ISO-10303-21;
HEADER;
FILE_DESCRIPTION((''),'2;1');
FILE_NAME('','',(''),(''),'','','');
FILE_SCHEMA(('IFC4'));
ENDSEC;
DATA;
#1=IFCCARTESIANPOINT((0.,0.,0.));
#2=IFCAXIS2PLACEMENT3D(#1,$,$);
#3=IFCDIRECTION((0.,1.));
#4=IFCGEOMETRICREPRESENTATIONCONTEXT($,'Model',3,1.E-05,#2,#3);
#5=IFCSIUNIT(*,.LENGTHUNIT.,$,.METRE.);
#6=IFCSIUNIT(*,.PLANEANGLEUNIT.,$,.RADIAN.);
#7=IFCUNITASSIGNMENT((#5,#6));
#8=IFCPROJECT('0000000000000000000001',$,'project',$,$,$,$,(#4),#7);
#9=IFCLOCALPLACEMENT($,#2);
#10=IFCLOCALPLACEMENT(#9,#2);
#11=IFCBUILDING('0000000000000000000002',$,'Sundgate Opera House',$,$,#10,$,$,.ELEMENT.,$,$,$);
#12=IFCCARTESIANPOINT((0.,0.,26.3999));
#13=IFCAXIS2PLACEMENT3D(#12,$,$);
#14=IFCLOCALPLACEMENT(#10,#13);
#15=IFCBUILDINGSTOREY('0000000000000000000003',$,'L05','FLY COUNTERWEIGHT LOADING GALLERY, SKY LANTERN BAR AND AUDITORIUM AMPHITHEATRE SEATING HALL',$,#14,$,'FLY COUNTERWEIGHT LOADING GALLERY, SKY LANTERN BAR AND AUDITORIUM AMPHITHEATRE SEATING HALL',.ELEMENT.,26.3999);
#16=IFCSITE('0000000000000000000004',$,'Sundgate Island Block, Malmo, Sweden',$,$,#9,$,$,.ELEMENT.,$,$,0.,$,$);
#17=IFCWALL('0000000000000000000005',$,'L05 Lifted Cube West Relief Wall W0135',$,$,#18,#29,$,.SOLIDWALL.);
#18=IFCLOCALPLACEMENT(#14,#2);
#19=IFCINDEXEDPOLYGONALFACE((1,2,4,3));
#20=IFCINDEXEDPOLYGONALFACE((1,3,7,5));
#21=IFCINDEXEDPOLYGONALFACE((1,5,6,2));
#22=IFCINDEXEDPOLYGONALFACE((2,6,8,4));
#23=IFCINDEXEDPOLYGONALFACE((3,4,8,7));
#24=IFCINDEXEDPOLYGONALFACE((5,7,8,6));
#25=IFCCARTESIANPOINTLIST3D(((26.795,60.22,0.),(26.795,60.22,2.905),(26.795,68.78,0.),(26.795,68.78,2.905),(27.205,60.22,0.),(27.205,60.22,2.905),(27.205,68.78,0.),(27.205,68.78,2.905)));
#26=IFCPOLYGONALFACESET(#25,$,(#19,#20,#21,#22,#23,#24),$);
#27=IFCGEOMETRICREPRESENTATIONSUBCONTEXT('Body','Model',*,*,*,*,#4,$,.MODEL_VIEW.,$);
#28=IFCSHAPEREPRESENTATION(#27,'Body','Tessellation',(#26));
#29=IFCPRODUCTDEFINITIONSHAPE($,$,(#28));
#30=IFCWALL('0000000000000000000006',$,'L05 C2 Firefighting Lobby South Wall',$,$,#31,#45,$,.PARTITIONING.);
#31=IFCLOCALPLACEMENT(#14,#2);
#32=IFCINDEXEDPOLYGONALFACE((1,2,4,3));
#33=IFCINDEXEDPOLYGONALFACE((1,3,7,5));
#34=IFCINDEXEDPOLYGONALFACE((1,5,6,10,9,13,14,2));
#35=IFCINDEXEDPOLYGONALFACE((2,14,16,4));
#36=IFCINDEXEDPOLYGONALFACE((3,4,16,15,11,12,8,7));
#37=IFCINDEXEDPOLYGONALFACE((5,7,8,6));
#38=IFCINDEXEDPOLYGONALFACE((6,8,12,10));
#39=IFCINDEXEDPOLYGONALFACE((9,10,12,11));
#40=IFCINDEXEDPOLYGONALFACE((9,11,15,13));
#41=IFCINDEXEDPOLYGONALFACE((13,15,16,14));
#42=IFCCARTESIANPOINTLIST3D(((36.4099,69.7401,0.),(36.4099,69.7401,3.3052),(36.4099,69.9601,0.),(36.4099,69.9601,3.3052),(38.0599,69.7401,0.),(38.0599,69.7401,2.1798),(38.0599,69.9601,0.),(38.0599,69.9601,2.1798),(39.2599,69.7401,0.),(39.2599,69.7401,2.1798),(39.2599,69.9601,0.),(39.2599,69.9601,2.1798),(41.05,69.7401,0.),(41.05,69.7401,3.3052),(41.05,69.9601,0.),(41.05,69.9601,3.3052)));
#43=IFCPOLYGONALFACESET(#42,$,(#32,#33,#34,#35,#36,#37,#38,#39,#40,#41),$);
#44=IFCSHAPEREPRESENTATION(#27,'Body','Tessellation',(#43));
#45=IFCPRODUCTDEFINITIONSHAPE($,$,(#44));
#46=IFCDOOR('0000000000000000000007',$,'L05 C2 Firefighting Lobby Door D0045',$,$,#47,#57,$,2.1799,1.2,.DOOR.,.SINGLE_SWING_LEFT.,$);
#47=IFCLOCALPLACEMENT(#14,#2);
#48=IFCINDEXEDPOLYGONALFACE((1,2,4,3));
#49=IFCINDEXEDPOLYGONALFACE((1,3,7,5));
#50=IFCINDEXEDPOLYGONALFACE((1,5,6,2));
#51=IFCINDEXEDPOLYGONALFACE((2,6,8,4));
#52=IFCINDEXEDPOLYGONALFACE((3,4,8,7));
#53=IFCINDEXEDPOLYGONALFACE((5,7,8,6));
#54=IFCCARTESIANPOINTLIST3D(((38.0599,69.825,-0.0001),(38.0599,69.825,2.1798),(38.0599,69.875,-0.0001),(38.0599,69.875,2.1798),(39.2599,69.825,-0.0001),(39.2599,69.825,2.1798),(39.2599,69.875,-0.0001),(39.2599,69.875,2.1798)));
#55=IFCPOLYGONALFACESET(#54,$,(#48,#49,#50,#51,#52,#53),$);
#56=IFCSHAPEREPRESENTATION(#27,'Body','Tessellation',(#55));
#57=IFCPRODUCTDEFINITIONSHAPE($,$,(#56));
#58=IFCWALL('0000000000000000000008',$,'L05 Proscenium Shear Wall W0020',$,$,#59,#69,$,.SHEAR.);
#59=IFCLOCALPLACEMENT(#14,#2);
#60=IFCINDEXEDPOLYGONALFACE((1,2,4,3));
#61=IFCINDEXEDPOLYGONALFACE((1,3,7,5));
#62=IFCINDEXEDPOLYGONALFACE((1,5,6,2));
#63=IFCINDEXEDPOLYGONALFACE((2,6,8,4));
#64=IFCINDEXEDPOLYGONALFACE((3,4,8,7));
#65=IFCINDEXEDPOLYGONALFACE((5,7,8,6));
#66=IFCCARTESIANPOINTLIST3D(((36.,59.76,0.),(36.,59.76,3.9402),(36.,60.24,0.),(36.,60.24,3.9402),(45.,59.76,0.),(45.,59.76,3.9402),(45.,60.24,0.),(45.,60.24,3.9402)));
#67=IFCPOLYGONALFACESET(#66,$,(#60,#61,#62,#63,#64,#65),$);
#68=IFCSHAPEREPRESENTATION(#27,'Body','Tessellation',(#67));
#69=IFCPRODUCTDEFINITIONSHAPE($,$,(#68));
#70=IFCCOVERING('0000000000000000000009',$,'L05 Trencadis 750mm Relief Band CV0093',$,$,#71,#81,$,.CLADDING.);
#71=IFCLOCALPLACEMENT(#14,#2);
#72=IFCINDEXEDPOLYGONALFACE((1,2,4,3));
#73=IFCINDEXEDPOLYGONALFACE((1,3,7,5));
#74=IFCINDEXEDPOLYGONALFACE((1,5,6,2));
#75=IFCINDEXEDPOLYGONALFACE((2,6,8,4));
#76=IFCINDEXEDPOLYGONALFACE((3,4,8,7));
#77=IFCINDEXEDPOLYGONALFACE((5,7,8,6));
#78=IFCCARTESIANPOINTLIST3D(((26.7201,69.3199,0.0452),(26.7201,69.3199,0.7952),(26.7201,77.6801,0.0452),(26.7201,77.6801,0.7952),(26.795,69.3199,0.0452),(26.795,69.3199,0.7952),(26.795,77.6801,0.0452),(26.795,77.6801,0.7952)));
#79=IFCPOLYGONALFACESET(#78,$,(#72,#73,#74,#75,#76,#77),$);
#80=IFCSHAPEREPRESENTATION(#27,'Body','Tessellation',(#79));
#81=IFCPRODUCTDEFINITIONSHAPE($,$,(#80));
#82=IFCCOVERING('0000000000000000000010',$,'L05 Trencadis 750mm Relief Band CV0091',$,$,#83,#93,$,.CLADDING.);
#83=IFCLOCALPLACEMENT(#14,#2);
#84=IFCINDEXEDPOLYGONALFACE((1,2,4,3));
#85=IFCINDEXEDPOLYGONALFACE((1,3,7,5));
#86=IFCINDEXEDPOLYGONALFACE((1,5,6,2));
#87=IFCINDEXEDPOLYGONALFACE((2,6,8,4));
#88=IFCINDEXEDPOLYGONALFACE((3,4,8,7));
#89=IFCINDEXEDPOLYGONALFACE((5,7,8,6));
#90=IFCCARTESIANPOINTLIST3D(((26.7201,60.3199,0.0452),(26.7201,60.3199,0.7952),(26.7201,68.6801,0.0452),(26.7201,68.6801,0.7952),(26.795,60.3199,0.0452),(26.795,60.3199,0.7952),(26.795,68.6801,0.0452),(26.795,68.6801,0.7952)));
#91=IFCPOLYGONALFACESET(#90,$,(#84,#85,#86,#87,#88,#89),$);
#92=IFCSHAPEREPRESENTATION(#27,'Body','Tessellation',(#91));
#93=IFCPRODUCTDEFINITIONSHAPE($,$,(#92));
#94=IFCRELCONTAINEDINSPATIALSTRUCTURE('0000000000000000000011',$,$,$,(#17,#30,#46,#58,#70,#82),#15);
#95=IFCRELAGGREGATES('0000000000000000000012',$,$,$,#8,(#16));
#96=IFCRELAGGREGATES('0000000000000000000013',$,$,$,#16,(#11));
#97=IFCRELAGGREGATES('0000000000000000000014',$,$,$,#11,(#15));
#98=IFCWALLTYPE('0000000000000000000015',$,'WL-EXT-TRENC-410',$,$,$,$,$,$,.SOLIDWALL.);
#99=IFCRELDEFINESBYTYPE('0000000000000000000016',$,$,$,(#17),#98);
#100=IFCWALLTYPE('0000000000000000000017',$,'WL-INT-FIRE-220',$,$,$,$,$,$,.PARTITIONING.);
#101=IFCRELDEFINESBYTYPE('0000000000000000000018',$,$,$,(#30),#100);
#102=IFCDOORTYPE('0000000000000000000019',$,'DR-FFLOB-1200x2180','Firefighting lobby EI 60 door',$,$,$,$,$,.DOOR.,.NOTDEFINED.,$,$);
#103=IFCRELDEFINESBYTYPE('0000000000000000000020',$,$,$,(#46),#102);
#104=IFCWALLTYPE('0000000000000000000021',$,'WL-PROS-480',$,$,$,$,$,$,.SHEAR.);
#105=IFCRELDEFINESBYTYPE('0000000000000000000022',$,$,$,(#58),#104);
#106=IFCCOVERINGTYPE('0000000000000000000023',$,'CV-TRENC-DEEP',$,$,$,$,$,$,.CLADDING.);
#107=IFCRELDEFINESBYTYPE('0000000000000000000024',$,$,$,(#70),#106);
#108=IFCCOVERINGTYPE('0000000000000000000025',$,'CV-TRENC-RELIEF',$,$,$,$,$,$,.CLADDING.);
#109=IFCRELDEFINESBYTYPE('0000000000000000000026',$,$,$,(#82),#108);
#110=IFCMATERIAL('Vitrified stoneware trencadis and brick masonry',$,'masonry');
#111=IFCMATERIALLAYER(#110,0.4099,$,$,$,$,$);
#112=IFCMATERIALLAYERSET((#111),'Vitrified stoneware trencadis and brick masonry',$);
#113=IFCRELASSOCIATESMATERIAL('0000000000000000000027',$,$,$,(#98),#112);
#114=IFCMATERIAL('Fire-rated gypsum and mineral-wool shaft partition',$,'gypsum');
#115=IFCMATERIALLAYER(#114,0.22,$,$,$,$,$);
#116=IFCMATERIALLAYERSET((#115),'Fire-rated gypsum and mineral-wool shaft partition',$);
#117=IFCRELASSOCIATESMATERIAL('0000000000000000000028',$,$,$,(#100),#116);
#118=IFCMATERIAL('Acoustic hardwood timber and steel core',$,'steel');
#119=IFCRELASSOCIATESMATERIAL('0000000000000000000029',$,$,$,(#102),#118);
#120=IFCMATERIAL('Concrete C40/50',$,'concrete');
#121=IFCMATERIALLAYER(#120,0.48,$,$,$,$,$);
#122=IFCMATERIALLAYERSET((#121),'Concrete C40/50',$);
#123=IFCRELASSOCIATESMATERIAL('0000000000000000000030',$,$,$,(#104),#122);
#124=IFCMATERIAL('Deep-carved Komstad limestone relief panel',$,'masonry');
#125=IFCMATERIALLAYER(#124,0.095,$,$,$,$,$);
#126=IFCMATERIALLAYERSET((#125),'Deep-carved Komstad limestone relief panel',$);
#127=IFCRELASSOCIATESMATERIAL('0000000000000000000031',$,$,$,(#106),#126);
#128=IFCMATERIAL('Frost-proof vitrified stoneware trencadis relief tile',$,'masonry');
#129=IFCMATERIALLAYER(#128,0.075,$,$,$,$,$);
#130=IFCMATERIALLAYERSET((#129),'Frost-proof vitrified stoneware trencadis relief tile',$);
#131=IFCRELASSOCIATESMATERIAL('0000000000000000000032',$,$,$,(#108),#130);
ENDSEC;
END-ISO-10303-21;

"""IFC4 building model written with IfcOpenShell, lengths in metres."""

from ifc_helpers import new_model, si_unit, direction, frame, frame_2d, origin, origin_2d, place, context, subcontext, project, spatial, rectangle, extrude, material, layer, layer_set, type_object, element, fill, save


model = new_model("IFC4")

# Units and contexts
model_context = context("Model", 3, precision=1e-05, world=origin(), true_north=direction((0.0, 1.0)))
body_context = subcontext(model_context, "Body", "Model", "MODEL_VIEW")
ifc_project = project(units=[si_unit("LENGTHUNIT", "METRE"), si_unit("PLANEANGLEUNIT", "RADIAN")], contexts=[model_context])

# Site, building, storey
site_placement = place(None, origin())
site = spatial("IfcSite", under=ifc_project, at=site_placement, Name="Sundgate Island Block, Malmo, Sweden", CompositionType="ELEMENT", RefElevation=0.0)
building_placement = place(site_placement, origin())
building = spatial("IfcBuilding", under=site, at=building_placement, Name="Sundgate Opera House", CompositionType="ELEMENT")
storey_placement = place(building_placement, frame((0.0, 0.0, 26.3999)))
storey = spatial("IfcBuildingStorey", under=building, at=storey_placement, Name="L05", Description="FLY COUNTERWEIGHT LOADING GALLERY, SKY LANTERN BAR AND AUDITORIUM AMPHITHEATRE SEATING HALL", LongName="FLY COUNTERWEIGHT LOADING GALLERY, SKY LANTERN BAR AND AUDITORIUM AMPHITHEATRE SEATING HALL", CompositionType="ELEMENT", Elevation=26.3999)

# Wall
ifc_material_1 = material(Name="Vitrified stoneware trencadis and brick masonry", Category="masonry")
ifc_layer_1 = layer(ifc_material_1, 0.4099)
ifc_layer_set_1 = layer_set([ifc_layer_1], Name="Vitrified stoneware trencadis and brick masonry")
wall_type_1 = type_object("IfcWallType", Name="WL-EXT-TRENC-410", PredefinedType="SOLIDWALL", material=ifc_layer_set_1)
wall_1_placement = place(storey_placement, frame((27.0, 68.78, 0.0), z_axis=(0.0, 0.0, 1.0), x_axis=(0.0, -1.0, 0.0)))
element("IfcWall", 1, at=wall_1_placement, inside=storey, type_object=wall_type_1, Name="L05 Lifted Cube West Relief Wall W0135", PredefinedType="SOLIDWALL", context=body_context, shape_type="SweptSolid", body=[
    extrude(rectangle(XDim=8.5601, YDim=0.4099, at=frame_2d((4.28, 0.0))), origin(), (0.0, 0.0, 1.0), 2.905),
])

# Wall, opening, door
ifc_material_2 = material(Name="Fire-rated gypsum and mineral-wool shaft partition", Category="gypsum")
ifc_layer_2 = layer(ifc_material_2, 0.22)
ifc_layer_set_2 = layer_set([ifc_layer_2], Name="Fire-rated gypsum and mineral-wool shaft partition")
wall_type_2 = type_object("IfcWallType", Name="WL-INT-FIRE-220", PredefinedType="PARTITIONING", material=ifc_layer_set_2)
wall_2_placement = place(storey_placement, frame((36.4099, 69.8501, 0.0), z_axis=(0.0, 0.0, 1.0), x_axis=(1.0, 0.0, 0.0)))
wall_2 = element("IfcWall", 2, at=wall_2_placement, inside=storey, type_object=wall_type_2, Name="L05 C2 Firefighting Lobby South Wall", PredefinedType="PARTITIONING", context=body_context, shape_type="SweptSolid", body=[
    extrude(rectangle(XDim=4.6401, YDim=0.22, at=frame_2d((2.3201, 0.0))), origin(), (0.0, 0.0, 1.0), 3.3052),
])
opening_placement = place(wall_2_placement, frame((1.6499, 0.0, 0.0)))
opening = element("IfcOpeningElement", 3, at=opening_placement, cuts=wall_2, PredefinedType="OPENING", context=body_context, shape_type="SweptSolid", body=[
    extrude(rectangle(XDim=1.2, YDim=2.1799, at=frame_2d((0.6001, 1.0898))), frame((0.0, 0.1199, 0.0), z_axis=(0.0, -1.0, 0.0), x_axis=(1.0, 0.0, 0.0)), (0.0, 0.0, 1.0), 0.24),
])
ifc_material_3 = material(Name="Acoustic hardwood timber and steel core", Category="steel")
door_type = type_object("IfcDoorType", Name="DR-FFLOB-1200x2180", Description="Firefighting lobby EI 60 door", OperationType="NOTDEFINED", PredefinedType="DOOR", material=ifc_material_3)
door_placement = place(opening_placement, origin())
door = element("IfcDoor", 4, at=door_placement, inside=storey, type_object=door_type, Name="L05 C2 Firefighting Lobby Door D0045", OperationType="SINGLE_SWING_LEFT", OverallHeight=2.1799, OverallWidth=1.2, PredefinedType="DOOR", context=body_context, shape_type="SweptSolid", body=[
    extrude(rectangle(XDim=1.2, YDim=2.1799, at=frame_2d((0.6001, 1.0898))), frame((0.0, 0.0249, 0.0), z_axis=(0.0, -1.0, 0.0), x_axis=(1.0, 0.0, 0.0)), (0.0, 0.0, 1.0), 0.05),
])
fill(opening, door)

# Wall
ifc_material_4 = material(Name="Concrete C40/50", Category="concrete")
ifc_layer_3 = layer(ifc_material_4, 0.48)
ifc_layer_set_3 = layer_set([ifc_layer_3], Name="Concrete C40/50")
wall_type_3 = type_object("IfcWallType", Name="WL-PROS-480", PredefinedType="SHEAR", material=ifc_layer_set_3)
wall_3_placement = place(storey_placement, frame((36.0, 60.0, 0.0), z_axis=(0.0, 0.0, 1.0), x_axis=(1.0, 0.0, 0.0)))
element("IfcWall", 5, at=wall_3_placement, inside=storey, type_object=wall_type_3, Name="L05 Proscenium Shear Wall W0020", PredefinedType="SHEAR", context=body_context, shape_type="SweptSolid", body=[
    extrude(rectangle(XDim=9.0, YDim=0.48, at=frame_2d((4.5, 0.0))), origin(), (0.0, 0.0, 1.0), 3.9402),
])

# Coverings
ifc_material_5 = material(Name="Deep-carved Komstad limestone relief panel", Category="masonry")
ifc_layer_4 = layer(ifc_material_5, 0.095)
ifc_layer_set_4 = layer_set([ifc_layer_4], Name="Deep-carved Komstad limestone relief panel")
covering_type_1 = type_object("IfcCoveringType", Name="CV-TRENC-DEEP", PredefinedType="CLADDING", material=ifc_layer_set_4)
covering_1_placement = place(storey_placement, frame((26.7576, 73.5, 0.0452), z_axis=(0.0, 0.0, 1.0), x_axis=(0.0, 1.0, 0.0)))
element("IfcCovering", 6, at=covering_1_placement, inside=storey, type_object=covering_type_1, Name="L05 Trencadis 750mm Relief Band CV0093", PredefinedType="CLADDING", context=body_context, shape_type="SweptSolid", body=[
    extrude(rectangle(XDim=8.3601, YDim=0.075, at=origin_2d()), origin(), (0.0, 0.0, 1.0), 0.75),
])
ifc_material_6 = material(Name="Frost-proof vitrified stoneware trencadis relief tile", Category="masonry")
ifc_layer_5 = layer(ifc_material_6, 0.075)
ifc_layer_set_5 = layer_set([ifc_layer_5], Name="Frost-proof vitrified stoneware trencadis relief tile")
covering_type_2 = type_object("IfcCoveringType", Name="CV-TRENC-RELIEF", PredefinedType="CLADDING", material=ifc_layer_set_5)
covering_2_placement = place(storey_placement, frame((26.7576, 64.5, 0.0452), z_axis=(0.0, 0.0, 1.0), x_axis=(0.0, 1.0, 0.0)))
element("IfcCovering", 7, at=covering_2_placement, inside=storey, type_object=covering_type_2, Name="L05 Trencadis 750mm Relief Band CV0091", PredefinedType="CLADDING", context=body_context, shape_type="SweptSolid", body=[
    extrude(rectangle(XDim=8.3601, YDim=0.075, at=origin_2d()), origin(), (0.0, 0.0, 1.0), 0.75),
])

save(model, "model.ifc")
